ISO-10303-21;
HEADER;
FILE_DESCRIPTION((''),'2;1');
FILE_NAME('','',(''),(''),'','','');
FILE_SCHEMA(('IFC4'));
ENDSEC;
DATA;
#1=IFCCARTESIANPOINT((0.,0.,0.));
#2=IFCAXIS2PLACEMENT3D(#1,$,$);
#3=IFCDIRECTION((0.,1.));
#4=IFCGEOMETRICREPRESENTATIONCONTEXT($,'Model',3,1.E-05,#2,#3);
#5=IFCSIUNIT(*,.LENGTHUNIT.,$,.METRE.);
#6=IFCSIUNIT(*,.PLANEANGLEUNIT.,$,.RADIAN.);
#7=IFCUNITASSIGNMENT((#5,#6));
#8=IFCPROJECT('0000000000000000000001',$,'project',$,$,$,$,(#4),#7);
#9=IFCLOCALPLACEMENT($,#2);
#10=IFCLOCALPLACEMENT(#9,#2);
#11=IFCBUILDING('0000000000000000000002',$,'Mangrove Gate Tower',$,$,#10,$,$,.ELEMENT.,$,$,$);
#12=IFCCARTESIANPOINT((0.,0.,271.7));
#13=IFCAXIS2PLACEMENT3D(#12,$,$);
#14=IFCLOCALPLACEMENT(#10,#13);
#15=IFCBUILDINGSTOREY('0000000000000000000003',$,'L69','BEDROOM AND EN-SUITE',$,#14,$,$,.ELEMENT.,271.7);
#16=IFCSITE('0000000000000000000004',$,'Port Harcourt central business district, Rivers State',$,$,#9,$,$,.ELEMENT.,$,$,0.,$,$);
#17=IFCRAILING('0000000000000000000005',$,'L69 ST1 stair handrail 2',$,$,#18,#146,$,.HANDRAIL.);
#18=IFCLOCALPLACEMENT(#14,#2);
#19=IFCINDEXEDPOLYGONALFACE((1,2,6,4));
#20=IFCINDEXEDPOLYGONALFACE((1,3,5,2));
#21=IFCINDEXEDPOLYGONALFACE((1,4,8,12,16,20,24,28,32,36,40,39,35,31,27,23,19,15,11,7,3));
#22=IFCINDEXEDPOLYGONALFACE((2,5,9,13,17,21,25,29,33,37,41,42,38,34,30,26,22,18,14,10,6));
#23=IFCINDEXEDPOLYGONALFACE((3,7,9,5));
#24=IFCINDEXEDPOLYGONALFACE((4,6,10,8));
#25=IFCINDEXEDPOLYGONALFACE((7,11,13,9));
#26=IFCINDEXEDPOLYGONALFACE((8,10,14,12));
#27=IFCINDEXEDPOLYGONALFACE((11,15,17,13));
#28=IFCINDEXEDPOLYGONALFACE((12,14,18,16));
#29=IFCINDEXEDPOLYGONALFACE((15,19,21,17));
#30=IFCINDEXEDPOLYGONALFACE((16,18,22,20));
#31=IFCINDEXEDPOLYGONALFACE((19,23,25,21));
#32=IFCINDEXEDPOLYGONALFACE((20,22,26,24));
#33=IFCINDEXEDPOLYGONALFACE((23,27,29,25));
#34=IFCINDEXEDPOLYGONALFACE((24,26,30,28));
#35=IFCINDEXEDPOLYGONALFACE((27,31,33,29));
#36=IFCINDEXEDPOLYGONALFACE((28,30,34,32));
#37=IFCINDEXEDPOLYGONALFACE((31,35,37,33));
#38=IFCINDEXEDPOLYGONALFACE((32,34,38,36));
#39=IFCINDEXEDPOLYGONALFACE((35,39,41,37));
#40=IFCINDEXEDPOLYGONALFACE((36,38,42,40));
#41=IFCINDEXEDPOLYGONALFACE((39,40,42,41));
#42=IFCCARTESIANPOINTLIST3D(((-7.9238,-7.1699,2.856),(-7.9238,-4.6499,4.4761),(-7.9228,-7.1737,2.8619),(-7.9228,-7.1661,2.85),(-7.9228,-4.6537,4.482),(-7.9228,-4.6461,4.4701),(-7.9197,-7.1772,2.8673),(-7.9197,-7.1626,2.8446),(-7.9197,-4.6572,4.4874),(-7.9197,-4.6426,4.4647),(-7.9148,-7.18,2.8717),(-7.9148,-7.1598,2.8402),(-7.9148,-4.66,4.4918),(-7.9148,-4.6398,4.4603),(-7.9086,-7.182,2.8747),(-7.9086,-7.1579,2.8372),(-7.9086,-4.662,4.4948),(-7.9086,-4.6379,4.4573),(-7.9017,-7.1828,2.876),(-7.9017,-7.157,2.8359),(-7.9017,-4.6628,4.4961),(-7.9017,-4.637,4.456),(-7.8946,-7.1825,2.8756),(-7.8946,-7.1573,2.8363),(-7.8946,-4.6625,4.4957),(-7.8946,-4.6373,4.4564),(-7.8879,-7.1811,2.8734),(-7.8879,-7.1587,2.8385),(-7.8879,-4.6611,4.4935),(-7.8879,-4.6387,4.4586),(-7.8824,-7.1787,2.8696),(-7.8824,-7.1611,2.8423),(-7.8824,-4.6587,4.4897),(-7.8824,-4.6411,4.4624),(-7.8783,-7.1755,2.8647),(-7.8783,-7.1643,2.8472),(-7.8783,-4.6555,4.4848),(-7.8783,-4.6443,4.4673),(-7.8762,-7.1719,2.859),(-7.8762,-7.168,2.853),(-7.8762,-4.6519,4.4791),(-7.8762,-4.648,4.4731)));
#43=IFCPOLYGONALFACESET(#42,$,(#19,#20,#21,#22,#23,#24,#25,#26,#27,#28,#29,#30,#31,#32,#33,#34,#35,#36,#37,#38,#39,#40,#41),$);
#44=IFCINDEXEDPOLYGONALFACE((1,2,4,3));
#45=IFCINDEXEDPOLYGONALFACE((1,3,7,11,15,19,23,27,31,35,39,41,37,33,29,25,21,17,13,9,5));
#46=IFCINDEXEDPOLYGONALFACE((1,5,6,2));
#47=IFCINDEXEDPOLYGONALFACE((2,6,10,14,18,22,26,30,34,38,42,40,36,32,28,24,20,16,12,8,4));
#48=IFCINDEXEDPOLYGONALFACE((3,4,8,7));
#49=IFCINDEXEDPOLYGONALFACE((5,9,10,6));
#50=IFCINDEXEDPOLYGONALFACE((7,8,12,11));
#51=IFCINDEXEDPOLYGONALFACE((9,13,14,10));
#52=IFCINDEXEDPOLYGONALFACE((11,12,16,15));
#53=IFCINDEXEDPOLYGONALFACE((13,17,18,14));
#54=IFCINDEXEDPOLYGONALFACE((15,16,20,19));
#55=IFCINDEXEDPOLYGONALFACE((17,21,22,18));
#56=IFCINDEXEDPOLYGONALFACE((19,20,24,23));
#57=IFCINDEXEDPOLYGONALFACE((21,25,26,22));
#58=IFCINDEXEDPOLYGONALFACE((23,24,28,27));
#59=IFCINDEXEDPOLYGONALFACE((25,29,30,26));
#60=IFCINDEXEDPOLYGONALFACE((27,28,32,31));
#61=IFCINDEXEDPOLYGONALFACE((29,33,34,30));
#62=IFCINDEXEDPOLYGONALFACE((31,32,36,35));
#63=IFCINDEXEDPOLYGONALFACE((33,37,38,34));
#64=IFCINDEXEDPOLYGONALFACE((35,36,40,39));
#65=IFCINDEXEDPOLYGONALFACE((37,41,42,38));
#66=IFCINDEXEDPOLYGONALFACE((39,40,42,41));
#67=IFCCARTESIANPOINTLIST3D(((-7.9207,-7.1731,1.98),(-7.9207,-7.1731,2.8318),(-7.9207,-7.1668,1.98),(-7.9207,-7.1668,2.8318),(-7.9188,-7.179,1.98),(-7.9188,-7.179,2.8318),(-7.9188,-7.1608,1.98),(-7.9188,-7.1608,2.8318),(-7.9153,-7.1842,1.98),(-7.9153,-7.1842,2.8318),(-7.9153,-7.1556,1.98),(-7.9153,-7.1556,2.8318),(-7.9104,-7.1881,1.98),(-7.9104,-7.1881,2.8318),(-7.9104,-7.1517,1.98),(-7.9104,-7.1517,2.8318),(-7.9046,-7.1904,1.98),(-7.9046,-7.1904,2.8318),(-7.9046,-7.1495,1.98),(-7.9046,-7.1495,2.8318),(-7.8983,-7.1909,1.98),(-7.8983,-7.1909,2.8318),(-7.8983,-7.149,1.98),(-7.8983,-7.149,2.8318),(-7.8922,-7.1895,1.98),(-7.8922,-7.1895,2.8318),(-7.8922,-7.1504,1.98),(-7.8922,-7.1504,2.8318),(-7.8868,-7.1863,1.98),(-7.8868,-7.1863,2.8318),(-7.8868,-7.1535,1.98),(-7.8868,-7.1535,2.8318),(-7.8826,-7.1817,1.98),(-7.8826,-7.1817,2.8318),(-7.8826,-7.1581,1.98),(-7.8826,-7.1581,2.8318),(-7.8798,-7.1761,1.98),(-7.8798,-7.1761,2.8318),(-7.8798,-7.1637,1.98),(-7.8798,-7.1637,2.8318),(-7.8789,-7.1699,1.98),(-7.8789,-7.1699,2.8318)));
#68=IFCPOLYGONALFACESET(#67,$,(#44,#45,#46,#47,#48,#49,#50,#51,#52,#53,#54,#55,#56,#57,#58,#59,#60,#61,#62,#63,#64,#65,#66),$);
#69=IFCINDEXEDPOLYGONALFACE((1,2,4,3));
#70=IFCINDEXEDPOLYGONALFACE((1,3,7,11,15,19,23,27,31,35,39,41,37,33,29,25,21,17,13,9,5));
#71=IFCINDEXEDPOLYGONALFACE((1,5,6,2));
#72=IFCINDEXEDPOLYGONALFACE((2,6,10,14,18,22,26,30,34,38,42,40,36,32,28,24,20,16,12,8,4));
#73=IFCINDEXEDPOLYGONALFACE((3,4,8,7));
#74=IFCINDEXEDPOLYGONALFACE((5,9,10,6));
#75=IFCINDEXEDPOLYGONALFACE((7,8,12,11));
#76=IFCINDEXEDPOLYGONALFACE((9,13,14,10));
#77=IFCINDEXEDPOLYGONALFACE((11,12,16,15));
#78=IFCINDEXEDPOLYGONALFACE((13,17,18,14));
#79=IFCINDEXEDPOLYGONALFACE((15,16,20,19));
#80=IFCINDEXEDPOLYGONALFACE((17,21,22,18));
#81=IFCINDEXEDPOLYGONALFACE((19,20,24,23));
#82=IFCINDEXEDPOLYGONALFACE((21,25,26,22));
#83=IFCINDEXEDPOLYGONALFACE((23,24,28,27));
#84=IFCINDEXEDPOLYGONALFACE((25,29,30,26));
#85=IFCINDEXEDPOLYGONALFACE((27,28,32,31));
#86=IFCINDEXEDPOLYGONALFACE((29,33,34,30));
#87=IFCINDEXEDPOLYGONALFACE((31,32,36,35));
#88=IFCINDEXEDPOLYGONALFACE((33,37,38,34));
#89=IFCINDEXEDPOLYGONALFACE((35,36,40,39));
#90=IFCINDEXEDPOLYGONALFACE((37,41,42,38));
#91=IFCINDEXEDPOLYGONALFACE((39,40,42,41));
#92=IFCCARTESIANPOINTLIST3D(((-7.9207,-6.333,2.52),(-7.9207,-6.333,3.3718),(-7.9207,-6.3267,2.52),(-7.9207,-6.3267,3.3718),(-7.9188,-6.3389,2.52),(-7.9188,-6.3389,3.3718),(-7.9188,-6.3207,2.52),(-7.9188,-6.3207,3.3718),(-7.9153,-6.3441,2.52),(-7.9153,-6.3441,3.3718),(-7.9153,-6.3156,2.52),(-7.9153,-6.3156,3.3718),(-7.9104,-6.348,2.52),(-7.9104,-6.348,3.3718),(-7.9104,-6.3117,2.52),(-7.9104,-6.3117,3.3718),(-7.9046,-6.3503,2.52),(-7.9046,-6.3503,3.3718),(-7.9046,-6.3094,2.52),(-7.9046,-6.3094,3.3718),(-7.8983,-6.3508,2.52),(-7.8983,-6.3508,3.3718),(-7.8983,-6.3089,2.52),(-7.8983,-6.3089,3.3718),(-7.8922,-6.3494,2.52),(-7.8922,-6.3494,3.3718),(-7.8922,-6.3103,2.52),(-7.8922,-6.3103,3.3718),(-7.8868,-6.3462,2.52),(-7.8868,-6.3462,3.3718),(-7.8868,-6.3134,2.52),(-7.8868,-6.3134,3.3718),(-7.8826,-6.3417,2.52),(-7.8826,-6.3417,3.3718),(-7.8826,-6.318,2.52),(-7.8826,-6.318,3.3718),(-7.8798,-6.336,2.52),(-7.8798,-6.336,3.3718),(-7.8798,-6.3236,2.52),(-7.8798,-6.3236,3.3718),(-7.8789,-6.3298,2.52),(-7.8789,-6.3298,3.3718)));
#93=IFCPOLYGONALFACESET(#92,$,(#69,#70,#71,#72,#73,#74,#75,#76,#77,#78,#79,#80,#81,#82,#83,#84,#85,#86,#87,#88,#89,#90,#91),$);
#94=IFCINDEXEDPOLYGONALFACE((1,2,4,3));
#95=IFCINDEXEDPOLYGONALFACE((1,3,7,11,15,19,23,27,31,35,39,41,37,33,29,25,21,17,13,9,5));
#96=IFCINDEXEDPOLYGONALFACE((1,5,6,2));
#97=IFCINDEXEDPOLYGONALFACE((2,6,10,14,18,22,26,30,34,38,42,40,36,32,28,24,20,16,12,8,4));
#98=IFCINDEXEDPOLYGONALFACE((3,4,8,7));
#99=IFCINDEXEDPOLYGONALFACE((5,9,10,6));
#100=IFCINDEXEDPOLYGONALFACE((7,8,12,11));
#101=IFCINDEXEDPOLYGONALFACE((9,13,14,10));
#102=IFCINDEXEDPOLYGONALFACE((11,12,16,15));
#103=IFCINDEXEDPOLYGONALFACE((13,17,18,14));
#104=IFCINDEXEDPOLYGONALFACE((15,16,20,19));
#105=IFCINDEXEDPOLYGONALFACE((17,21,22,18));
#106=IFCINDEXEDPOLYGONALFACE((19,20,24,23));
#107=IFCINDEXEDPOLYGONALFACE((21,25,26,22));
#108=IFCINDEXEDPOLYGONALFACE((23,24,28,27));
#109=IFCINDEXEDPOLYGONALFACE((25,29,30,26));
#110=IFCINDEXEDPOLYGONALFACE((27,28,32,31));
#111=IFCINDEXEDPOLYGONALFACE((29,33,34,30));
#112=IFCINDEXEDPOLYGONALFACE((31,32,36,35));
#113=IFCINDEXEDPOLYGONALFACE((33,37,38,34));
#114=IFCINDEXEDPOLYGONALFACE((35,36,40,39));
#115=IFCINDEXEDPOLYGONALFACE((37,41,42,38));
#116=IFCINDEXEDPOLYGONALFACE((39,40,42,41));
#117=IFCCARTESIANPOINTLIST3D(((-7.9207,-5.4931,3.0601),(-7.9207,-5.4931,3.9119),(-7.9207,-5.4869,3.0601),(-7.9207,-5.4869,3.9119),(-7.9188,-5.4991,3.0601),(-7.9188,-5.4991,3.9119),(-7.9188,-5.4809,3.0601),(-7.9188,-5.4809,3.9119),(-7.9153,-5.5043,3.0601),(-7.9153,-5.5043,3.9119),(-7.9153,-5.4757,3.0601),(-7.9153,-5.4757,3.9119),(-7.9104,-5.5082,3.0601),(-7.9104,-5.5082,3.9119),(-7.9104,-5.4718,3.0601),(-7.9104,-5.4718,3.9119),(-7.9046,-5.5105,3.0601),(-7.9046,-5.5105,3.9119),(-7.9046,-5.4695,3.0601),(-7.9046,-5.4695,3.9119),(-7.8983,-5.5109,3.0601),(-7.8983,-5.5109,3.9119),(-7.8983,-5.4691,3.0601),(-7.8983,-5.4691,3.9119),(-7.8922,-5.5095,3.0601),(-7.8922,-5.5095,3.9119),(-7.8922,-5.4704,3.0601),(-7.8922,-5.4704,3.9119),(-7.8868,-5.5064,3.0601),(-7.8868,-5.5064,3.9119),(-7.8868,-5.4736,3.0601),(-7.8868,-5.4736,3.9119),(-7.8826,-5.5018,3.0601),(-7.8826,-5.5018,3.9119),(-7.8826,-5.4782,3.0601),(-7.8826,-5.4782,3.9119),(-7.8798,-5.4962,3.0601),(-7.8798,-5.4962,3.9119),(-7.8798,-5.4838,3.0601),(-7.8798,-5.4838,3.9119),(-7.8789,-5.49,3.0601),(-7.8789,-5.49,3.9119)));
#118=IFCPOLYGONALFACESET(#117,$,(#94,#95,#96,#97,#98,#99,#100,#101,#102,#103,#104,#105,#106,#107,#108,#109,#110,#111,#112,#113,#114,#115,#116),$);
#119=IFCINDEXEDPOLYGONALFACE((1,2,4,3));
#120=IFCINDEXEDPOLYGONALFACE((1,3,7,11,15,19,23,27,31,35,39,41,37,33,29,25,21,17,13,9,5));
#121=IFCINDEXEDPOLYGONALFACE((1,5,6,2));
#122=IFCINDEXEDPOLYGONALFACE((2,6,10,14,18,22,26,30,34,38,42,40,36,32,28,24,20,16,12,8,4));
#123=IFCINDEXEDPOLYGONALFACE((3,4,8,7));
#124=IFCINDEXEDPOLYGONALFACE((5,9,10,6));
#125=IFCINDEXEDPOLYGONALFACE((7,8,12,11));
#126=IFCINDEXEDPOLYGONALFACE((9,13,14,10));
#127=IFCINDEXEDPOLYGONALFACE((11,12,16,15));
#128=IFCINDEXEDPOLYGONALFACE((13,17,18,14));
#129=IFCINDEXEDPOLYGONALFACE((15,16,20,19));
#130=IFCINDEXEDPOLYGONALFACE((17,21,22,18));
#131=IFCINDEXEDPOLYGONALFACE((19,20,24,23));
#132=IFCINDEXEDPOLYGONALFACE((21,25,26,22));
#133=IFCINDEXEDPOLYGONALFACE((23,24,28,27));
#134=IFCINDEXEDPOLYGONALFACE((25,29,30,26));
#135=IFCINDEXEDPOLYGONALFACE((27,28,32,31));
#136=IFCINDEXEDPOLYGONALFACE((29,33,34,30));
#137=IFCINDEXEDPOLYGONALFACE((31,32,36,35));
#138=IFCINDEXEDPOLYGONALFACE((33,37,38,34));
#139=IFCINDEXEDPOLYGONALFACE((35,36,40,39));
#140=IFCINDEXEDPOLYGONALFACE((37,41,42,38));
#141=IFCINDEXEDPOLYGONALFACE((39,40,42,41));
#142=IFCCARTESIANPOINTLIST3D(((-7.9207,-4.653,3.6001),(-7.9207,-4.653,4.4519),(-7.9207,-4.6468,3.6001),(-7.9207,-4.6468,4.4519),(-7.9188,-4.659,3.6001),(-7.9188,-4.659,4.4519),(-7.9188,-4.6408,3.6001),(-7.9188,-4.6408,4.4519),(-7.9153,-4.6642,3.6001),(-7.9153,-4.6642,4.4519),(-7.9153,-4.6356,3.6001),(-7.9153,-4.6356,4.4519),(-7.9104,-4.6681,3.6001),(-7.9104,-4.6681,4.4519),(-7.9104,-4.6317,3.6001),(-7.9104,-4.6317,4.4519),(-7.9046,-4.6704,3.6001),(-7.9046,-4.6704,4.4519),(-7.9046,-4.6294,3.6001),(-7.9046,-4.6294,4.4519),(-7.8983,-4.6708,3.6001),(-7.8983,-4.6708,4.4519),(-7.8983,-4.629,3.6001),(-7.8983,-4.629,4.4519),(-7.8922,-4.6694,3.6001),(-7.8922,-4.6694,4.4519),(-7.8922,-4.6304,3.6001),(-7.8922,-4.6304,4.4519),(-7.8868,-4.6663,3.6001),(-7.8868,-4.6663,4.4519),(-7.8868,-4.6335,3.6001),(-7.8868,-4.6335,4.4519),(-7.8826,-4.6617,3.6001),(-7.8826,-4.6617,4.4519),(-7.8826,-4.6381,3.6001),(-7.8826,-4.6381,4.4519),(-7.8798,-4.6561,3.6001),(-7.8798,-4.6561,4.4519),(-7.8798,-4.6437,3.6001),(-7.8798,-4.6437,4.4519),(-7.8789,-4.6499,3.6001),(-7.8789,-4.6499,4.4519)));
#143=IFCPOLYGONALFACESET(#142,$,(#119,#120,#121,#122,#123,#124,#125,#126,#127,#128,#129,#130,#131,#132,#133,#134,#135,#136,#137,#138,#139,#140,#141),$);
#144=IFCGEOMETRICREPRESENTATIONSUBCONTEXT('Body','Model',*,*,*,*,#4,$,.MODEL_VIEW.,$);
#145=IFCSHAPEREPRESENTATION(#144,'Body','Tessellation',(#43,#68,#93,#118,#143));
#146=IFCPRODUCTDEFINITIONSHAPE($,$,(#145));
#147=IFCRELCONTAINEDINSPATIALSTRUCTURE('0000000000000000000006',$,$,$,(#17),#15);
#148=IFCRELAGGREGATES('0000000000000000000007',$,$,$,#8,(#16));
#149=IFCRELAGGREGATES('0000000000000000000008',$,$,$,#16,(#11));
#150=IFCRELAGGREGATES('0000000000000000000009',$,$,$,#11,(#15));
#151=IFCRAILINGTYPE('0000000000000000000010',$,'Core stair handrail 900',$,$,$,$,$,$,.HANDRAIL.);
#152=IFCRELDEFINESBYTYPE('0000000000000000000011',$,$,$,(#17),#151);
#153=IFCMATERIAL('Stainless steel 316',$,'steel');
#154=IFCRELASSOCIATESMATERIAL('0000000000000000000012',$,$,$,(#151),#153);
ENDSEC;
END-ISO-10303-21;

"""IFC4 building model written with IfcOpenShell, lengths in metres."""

from ifc_helpers import new_model, si_unit, direction, frame, origin, origin_2d, place, context, subcontext, project, spatial, circle, extrude, material, type_object, element, save


model = new_model("IFC4")

# Units and contexts
model_context = context("Model", 3, precision=1e-05, world=origin(), true_north=direction((0.0, 1.0)))
body_context = subcontext(model_context, "Body", "Model", "MODEL_VIEW")
ifc_project = project(units=[si_unit("LENGTHUNIT", "METRE"), si_unit("PLANEANGLEUNIT", "RADIAN")], contexts=[model_context])

# Site, building, storey
site_placement = place(None, origin())
site = spatial("IfcSite", under=ifc_project, at=site_placement, Name="Port Harcourt central business district, Rivers State", CompositionType="ELEMENT", RefElevation=0.0)
building_placement = place(site_placement, origin())
building = spatial("IfcBuilding", under=site, at=building_placement, Name="Mangrove Gate Tower", CompositionType="ELEMENT")
storey_placement = place(building_placement, frame((0.0, 0.0, 271.7)))
storey = spatial("IfcBuildingStorey", under=building, at=storey_placement, Name="L69", Description="BEDROOM AND EN-SUITE", CompositionType="ELEMENT", Elevation=271.7)

# Railing
ifc_material_1 = material(Name="Stainless steel 316", Category="steel")
railing_type_1 = type_object("IfcRailingType", Name="Core stair handrail 900", PredefinedType="HANDRAIL", material=ifc_material_1)
railing_1_placement = place(storey_placement, frame((-7.8999, -7.1699, 1.98)))
element("IfcRailing", 1, at=railing_1_placement, inside=storey, type_object=railing_type_1, Name="L69 ST1 stair handrail 2", PredefinedType="HANDRAIL", context=body_context, shape_type="SweptSolid", body=[
    extrude(circle(Radius=0.0239, at=origin_2d()), frame((0.0, 0.0, 0.876), z_axis=(0.0, 0.841163, 0.540782), x_axis=(-1.0, 0.0, 0.0)), (0.0, 0.0, 1.0), 2.9958),
    extrude(circle(Radius=0.021, at=origin_2d()), origin(), (0.0, 0.0, 1.0), 0.8518),
    extrude(circle(Radius=0.021, at=origin_2d()), frame((0.0, 0.8401, 0.54)), (0.0, 0.0, 1.0), 0.8518),
    extrude(circle(Radius=0.021, at=origin_2d()), frame((0.0, 1.6799, 1.0801)), (0.0, 0.0, 1.0), 0.8518),
    extrude(circle(Radius=0.021, at=origin_2d()), frame((0.0, 2.52, 1.6201)), (0.0, 0.0, 1.0), 0.8518),
])

save(model, "model.ifc")
